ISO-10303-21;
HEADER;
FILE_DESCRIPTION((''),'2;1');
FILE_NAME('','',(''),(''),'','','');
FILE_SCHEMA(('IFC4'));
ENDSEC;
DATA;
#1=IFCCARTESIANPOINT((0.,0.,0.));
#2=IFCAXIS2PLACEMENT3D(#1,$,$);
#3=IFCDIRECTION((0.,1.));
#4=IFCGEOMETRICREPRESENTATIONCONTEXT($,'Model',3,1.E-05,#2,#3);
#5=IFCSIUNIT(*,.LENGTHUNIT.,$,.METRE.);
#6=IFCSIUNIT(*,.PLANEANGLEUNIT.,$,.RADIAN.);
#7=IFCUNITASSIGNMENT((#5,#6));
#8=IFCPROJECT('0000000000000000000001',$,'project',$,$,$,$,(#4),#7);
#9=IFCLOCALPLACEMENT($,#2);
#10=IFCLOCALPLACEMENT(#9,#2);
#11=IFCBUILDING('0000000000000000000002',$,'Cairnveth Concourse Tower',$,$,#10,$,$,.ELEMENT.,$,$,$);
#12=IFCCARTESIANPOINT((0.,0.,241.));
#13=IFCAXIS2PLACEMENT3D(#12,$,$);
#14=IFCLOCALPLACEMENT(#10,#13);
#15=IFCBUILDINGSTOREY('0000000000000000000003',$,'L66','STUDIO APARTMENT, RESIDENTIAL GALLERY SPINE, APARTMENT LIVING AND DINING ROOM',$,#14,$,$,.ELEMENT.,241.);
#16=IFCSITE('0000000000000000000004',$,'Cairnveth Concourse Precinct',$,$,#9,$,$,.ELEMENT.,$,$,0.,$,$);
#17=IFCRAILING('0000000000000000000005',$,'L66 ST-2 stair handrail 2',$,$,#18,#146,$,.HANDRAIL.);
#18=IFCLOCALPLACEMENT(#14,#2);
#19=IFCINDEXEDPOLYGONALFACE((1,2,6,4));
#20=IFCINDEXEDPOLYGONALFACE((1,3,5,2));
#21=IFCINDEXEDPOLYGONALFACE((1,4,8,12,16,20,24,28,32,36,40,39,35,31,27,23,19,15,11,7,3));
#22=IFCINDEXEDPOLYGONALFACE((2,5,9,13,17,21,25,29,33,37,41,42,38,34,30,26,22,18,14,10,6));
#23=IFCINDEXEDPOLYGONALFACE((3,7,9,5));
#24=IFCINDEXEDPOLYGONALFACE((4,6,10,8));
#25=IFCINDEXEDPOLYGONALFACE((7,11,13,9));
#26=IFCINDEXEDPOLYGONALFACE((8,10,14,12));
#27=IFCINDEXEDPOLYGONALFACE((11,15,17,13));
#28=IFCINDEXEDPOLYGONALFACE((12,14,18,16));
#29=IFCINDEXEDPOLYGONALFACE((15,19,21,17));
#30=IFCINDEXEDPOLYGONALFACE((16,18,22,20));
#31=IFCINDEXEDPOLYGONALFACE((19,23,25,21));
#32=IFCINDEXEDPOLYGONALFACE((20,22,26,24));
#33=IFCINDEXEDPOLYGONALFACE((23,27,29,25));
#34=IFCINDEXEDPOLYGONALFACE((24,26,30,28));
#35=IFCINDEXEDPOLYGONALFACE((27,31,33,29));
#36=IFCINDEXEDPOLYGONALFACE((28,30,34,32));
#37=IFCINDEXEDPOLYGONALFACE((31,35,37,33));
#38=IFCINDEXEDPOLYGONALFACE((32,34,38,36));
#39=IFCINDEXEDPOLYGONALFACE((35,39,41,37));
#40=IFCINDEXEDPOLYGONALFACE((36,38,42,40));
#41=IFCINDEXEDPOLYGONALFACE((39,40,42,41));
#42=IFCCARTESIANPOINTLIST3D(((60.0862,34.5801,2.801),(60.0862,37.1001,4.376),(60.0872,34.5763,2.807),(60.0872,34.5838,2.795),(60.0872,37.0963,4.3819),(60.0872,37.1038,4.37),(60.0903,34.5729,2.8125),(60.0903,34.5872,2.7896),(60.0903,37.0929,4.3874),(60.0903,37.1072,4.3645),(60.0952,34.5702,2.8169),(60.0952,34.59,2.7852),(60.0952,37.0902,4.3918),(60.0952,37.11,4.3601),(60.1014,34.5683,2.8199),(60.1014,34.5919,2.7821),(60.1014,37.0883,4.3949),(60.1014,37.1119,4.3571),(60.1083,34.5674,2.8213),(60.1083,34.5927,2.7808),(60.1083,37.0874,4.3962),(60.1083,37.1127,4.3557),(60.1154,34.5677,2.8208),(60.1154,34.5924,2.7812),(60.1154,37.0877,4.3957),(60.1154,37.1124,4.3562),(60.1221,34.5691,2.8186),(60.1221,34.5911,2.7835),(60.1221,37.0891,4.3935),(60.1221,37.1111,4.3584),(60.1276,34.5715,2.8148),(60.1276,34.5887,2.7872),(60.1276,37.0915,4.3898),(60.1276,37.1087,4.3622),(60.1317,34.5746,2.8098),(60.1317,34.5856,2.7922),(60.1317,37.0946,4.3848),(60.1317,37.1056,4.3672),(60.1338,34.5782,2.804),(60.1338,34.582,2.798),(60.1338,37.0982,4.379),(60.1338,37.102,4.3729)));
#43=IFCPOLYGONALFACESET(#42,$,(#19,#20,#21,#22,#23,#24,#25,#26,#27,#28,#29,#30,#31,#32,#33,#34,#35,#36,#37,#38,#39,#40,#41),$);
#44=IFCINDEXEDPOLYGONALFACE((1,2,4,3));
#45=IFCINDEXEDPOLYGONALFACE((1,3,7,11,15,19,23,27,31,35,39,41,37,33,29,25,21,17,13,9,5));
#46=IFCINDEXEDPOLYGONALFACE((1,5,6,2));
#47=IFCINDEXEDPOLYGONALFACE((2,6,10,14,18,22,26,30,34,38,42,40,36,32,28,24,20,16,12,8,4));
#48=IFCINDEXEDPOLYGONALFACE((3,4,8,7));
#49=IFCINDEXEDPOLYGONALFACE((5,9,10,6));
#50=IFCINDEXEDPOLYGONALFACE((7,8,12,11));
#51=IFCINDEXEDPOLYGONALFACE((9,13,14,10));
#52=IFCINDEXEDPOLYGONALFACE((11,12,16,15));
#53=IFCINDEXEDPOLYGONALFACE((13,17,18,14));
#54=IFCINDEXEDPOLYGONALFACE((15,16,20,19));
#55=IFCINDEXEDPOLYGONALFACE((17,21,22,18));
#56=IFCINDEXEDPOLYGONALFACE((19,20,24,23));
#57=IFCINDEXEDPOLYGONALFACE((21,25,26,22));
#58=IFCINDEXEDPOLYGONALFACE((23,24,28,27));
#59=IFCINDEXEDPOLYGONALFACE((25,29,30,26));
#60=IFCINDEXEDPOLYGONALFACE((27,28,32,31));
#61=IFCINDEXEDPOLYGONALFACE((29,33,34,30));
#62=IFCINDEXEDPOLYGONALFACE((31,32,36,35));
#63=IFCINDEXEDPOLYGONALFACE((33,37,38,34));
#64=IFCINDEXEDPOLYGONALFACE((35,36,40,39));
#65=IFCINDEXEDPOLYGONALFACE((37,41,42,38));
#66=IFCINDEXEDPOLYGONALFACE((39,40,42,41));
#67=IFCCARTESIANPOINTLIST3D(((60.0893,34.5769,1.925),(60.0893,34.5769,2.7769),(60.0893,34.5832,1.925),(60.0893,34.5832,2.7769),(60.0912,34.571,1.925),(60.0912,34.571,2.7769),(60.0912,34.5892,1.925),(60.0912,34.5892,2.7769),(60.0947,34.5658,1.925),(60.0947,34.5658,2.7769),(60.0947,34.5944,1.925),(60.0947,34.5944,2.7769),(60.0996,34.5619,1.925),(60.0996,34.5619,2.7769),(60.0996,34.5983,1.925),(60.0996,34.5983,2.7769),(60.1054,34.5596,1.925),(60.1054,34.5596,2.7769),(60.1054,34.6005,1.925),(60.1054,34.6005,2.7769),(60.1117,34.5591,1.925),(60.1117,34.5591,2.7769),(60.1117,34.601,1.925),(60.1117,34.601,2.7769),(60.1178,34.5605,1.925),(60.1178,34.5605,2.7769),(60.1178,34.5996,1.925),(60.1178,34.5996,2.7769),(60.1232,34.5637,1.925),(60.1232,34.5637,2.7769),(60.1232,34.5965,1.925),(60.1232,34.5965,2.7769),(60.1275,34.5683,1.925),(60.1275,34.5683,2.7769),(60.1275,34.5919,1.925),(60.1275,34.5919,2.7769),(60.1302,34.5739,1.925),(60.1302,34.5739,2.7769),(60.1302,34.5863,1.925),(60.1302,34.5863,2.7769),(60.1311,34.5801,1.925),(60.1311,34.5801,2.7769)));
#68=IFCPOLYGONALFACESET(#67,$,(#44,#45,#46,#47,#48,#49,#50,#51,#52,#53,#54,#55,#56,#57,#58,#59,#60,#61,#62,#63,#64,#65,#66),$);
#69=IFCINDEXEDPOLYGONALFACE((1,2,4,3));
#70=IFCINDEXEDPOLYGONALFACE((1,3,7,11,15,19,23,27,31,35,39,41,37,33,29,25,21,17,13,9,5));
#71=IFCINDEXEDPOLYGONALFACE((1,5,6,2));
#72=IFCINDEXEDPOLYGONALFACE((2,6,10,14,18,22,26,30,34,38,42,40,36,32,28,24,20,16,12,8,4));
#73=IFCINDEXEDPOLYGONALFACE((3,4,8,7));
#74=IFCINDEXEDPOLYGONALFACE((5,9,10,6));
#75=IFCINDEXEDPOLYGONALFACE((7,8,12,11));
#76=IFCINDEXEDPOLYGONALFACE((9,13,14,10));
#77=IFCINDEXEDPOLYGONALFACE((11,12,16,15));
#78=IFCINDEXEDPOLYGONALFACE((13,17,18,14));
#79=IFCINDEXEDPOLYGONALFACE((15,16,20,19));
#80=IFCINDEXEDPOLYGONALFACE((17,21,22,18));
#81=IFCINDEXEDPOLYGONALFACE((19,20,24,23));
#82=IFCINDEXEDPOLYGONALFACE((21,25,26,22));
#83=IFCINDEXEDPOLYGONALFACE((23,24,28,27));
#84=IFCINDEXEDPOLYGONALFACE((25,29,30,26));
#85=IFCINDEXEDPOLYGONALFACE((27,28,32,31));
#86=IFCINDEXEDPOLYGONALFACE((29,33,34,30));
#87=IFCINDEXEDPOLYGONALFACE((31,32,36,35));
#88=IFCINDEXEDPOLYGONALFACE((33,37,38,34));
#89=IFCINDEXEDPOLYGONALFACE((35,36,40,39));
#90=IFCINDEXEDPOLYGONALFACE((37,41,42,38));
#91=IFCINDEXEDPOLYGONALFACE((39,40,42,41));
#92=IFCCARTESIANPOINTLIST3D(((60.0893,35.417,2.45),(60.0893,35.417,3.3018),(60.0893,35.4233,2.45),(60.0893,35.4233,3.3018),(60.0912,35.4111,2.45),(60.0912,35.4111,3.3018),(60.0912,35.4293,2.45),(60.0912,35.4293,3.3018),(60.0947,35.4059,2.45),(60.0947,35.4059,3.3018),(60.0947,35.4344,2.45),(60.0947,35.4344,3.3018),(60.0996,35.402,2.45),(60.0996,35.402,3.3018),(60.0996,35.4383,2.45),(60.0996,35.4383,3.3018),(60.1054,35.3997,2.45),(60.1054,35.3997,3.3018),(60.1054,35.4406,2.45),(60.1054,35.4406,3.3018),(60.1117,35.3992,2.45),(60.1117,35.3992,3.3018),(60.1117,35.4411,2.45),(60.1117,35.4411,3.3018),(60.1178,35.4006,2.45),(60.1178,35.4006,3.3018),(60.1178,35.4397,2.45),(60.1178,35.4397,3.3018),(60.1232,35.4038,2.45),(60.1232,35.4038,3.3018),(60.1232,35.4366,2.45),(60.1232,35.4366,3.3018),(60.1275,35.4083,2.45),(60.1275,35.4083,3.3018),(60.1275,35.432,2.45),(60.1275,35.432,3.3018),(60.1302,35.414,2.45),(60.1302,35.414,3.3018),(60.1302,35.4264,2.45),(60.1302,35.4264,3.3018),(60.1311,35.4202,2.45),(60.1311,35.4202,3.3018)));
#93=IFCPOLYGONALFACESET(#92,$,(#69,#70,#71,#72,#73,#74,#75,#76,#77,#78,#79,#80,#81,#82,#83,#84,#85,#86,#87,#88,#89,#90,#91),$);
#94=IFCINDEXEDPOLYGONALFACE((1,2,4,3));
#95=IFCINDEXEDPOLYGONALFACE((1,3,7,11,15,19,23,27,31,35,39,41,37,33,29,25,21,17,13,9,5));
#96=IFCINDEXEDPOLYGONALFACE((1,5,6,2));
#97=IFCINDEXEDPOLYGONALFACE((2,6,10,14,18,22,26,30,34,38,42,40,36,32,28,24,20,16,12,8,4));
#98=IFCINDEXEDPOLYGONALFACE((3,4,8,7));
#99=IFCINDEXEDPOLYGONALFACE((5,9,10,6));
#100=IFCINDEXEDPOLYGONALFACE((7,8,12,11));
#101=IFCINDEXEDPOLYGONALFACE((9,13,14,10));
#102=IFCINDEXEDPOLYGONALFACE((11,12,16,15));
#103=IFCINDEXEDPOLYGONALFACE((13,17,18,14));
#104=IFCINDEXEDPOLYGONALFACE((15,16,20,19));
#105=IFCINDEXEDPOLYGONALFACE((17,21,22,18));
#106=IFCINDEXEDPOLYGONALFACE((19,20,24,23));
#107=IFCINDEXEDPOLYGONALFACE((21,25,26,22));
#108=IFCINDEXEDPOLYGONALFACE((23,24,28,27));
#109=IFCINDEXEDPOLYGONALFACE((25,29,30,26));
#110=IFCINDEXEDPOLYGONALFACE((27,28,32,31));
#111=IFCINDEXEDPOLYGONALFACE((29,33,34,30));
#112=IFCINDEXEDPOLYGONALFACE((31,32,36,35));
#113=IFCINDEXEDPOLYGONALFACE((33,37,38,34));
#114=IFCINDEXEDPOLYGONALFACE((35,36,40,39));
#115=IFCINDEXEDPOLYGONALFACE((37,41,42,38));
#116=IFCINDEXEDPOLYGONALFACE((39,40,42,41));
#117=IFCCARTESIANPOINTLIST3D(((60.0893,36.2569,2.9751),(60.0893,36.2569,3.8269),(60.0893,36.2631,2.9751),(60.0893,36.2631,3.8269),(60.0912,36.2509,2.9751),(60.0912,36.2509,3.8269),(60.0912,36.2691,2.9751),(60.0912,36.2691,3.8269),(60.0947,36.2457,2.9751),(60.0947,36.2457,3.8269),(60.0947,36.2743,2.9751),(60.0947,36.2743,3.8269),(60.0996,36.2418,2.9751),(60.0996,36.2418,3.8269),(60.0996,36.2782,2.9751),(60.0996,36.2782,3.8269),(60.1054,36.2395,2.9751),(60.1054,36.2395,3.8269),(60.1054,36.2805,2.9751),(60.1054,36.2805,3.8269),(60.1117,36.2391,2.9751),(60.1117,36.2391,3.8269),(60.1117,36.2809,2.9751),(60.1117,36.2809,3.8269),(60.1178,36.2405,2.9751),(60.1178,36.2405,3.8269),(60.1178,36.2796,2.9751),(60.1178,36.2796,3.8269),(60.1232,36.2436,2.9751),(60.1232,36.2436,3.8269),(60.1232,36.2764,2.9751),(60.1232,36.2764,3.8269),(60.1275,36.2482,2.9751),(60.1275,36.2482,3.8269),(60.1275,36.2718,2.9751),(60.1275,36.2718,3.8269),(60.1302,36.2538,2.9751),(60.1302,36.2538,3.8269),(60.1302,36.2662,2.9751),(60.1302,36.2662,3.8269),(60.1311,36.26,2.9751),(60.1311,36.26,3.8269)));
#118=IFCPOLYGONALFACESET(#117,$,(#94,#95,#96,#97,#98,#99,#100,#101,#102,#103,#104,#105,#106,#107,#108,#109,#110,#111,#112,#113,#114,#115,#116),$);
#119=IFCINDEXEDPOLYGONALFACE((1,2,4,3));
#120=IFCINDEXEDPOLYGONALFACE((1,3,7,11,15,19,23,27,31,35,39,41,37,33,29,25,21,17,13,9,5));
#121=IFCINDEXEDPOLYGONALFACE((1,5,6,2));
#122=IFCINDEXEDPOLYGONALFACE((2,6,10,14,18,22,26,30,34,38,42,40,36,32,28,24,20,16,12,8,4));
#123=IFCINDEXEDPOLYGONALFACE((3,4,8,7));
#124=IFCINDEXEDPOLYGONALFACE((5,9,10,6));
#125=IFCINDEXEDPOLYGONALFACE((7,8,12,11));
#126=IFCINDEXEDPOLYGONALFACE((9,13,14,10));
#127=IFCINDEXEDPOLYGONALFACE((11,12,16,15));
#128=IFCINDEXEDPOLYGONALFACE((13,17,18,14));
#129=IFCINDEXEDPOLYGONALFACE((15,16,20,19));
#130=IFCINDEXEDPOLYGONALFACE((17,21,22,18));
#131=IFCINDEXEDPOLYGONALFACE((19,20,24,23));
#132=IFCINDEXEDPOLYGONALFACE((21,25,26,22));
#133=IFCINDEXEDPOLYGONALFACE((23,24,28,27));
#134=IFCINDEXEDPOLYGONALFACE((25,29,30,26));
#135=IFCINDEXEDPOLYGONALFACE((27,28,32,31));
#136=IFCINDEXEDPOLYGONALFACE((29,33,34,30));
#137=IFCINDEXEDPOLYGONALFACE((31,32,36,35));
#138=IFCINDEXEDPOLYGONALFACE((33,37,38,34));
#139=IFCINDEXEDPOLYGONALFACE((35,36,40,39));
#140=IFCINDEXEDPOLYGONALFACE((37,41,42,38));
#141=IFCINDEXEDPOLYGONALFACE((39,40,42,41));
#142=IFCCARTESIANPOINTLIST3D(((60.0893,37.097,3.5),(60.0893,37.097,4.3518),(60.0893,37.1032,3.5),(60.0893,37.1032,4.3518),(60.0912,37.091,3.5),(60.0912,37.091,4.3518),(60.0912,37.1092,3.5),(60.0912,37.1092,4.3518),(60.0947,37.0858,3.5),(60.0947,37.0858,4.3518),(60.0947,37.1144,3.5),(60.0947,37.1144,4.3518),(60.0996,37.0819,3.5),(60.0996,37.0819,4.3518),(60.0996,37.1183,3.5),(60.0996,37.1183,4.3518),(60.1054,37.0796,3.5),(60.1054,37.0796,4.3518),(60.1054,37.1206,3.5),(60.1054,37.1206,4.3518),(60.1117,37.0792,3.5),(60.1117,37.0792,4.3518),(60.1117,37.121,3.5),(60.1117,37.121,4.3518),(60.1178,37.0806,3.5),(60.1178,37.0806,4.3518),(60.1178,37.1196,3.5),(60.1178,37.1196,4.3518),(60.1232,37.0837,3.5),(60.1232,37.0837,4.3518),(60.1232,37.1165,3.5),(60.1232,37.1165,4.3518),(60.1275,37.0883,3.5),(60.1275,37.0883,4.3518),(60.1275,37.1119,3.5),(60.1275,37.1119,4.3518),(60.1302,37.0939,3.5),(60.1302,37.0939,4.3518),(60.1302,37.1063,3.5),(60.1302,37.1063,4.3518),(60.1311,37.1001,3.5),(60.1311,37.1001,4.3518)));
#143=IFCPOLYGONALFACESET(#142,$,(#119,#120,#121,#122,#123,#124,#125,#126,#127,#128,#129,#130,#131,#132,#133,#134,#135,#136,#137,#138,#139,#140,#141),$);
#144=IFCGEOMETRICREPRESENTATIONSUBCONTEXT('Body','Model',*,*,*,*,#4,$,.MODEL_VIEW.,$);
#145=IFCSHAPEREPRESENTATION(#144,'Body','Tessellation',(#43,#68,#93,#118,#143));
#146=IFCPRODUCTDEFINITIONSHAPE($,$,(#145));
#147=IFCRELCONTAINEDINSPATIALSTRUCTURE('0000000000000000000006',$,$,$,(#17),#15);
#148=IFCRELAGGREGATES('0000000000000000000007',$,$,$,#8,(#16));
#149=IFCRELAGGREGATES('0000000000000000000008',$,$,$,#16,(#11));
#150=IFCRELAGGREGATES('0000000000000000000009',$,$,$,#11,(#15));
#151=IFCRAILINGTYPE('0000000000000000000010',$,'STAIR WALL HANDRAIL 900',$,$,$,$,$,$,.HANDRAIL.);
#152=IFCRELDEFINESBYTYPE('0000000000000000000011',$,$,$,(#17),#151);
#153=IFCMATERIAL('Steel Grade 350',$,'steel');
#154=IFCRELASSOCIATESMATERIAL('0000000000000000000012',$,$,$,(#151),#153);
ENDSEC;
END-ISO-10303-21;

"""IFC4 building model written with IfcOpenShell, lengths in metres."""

from ifc_helpers import new_model, si_unit, direction, frame, origin, origin_2d, place, context, subcontext, project, spatial, circle, extrude, material, type_object, element, save


model = new_model("IFC4")

# Units and contexts
model_context = context("Model", 3, precision=1e-05, world=origin(), true_north=direction((0.0, 1.0)))
body_context = subcontext(model_context, "Body", "Model", "MODEL_VIEW")
ifc_project = project(units=[si_unit("LENGTHUNIT", "METRE"), si_unit("PLANEANGLEUNIT", "RADIAN")], contexts=[model_context])

# Site, building, storey
site_placement = place(None, origin())
site = spatial("IfcSite", under=ifc_project, at=site_placement, Name="Cairnveth Concourse Precinct", CompositionType="ELEMENT", RefElevation=0.0)
building_placement = place(site_placement, origin())
building = spatial("IfcBuilding", under=site, at=building_placement, Name="Cairnveth Concourse Tower", CompositionType="ELEMENT")
storey_placement = place(building_placement, frame((0.0, 0.0, 241.0)))
storey = spatial("IfcBuildingStorey", under=building, at=storey_placement, Name="L66", Description="STUDIO APARTMENT, RESIDENTIAL GALLERY SPINE, APARTMENT LIVING AND DINING ROOM", CompositionType="ELEMENT", Elevation=241.0)

# Shared definitions
ifc_material_1 = material(Name="Steel Grade 350", Category="steel")

# Railing
railing_type_1 = type_object("IfcRailingType", Name="STAIR WALL HANDRAIL 900", PredefinedType="HANDRAIL", material=ifc_material_1)
railing_1_placement = place(storey_placement, frame((60.1101, 34.5801, 1.925)))
element("IfcRailing", 1, at=railing_1_placement, inside=storey, type_object=railing_type_1, Name="L66 ST-2 stair handrail 2", PredefinedType="HANDRAIL", context=body_context, shape_type="SweptSolid", body=[
    extrude(circle(Radius=0.0239, at=origin_2d()), frame((0.0, 0.0, 0.876), z_axis=(0.0, 0.848008, 0.529984), x_axis=(-1.0, 0.0, 0.0)), (0.0, 0.0, 1.0), 2.9717),
    extrude(circle(Radius=0.021, at=origin_2d()), origin(), (0.0, 0.0, 1.0), 0.8518),
    extrude(circle(Radius=0.021, at=origin_2d()), frame((0.0, 0.8401, 0.5249)), (0.0, 0.0, 1.0), 0.8518),
    extrude(circle(Radius=0.021, at=origin_2d()), frame((0.0, 1.6799, 1.05)), (0.0, 0.0, 1.0), 0.8518),
    extrude(circle(Radius=0.021, at=origin_2d()), frame((0.0, 2.52, 1.575)), (0.0, 0.0, 1.0), 0.8518),
])

save(model, "model.ifc")
